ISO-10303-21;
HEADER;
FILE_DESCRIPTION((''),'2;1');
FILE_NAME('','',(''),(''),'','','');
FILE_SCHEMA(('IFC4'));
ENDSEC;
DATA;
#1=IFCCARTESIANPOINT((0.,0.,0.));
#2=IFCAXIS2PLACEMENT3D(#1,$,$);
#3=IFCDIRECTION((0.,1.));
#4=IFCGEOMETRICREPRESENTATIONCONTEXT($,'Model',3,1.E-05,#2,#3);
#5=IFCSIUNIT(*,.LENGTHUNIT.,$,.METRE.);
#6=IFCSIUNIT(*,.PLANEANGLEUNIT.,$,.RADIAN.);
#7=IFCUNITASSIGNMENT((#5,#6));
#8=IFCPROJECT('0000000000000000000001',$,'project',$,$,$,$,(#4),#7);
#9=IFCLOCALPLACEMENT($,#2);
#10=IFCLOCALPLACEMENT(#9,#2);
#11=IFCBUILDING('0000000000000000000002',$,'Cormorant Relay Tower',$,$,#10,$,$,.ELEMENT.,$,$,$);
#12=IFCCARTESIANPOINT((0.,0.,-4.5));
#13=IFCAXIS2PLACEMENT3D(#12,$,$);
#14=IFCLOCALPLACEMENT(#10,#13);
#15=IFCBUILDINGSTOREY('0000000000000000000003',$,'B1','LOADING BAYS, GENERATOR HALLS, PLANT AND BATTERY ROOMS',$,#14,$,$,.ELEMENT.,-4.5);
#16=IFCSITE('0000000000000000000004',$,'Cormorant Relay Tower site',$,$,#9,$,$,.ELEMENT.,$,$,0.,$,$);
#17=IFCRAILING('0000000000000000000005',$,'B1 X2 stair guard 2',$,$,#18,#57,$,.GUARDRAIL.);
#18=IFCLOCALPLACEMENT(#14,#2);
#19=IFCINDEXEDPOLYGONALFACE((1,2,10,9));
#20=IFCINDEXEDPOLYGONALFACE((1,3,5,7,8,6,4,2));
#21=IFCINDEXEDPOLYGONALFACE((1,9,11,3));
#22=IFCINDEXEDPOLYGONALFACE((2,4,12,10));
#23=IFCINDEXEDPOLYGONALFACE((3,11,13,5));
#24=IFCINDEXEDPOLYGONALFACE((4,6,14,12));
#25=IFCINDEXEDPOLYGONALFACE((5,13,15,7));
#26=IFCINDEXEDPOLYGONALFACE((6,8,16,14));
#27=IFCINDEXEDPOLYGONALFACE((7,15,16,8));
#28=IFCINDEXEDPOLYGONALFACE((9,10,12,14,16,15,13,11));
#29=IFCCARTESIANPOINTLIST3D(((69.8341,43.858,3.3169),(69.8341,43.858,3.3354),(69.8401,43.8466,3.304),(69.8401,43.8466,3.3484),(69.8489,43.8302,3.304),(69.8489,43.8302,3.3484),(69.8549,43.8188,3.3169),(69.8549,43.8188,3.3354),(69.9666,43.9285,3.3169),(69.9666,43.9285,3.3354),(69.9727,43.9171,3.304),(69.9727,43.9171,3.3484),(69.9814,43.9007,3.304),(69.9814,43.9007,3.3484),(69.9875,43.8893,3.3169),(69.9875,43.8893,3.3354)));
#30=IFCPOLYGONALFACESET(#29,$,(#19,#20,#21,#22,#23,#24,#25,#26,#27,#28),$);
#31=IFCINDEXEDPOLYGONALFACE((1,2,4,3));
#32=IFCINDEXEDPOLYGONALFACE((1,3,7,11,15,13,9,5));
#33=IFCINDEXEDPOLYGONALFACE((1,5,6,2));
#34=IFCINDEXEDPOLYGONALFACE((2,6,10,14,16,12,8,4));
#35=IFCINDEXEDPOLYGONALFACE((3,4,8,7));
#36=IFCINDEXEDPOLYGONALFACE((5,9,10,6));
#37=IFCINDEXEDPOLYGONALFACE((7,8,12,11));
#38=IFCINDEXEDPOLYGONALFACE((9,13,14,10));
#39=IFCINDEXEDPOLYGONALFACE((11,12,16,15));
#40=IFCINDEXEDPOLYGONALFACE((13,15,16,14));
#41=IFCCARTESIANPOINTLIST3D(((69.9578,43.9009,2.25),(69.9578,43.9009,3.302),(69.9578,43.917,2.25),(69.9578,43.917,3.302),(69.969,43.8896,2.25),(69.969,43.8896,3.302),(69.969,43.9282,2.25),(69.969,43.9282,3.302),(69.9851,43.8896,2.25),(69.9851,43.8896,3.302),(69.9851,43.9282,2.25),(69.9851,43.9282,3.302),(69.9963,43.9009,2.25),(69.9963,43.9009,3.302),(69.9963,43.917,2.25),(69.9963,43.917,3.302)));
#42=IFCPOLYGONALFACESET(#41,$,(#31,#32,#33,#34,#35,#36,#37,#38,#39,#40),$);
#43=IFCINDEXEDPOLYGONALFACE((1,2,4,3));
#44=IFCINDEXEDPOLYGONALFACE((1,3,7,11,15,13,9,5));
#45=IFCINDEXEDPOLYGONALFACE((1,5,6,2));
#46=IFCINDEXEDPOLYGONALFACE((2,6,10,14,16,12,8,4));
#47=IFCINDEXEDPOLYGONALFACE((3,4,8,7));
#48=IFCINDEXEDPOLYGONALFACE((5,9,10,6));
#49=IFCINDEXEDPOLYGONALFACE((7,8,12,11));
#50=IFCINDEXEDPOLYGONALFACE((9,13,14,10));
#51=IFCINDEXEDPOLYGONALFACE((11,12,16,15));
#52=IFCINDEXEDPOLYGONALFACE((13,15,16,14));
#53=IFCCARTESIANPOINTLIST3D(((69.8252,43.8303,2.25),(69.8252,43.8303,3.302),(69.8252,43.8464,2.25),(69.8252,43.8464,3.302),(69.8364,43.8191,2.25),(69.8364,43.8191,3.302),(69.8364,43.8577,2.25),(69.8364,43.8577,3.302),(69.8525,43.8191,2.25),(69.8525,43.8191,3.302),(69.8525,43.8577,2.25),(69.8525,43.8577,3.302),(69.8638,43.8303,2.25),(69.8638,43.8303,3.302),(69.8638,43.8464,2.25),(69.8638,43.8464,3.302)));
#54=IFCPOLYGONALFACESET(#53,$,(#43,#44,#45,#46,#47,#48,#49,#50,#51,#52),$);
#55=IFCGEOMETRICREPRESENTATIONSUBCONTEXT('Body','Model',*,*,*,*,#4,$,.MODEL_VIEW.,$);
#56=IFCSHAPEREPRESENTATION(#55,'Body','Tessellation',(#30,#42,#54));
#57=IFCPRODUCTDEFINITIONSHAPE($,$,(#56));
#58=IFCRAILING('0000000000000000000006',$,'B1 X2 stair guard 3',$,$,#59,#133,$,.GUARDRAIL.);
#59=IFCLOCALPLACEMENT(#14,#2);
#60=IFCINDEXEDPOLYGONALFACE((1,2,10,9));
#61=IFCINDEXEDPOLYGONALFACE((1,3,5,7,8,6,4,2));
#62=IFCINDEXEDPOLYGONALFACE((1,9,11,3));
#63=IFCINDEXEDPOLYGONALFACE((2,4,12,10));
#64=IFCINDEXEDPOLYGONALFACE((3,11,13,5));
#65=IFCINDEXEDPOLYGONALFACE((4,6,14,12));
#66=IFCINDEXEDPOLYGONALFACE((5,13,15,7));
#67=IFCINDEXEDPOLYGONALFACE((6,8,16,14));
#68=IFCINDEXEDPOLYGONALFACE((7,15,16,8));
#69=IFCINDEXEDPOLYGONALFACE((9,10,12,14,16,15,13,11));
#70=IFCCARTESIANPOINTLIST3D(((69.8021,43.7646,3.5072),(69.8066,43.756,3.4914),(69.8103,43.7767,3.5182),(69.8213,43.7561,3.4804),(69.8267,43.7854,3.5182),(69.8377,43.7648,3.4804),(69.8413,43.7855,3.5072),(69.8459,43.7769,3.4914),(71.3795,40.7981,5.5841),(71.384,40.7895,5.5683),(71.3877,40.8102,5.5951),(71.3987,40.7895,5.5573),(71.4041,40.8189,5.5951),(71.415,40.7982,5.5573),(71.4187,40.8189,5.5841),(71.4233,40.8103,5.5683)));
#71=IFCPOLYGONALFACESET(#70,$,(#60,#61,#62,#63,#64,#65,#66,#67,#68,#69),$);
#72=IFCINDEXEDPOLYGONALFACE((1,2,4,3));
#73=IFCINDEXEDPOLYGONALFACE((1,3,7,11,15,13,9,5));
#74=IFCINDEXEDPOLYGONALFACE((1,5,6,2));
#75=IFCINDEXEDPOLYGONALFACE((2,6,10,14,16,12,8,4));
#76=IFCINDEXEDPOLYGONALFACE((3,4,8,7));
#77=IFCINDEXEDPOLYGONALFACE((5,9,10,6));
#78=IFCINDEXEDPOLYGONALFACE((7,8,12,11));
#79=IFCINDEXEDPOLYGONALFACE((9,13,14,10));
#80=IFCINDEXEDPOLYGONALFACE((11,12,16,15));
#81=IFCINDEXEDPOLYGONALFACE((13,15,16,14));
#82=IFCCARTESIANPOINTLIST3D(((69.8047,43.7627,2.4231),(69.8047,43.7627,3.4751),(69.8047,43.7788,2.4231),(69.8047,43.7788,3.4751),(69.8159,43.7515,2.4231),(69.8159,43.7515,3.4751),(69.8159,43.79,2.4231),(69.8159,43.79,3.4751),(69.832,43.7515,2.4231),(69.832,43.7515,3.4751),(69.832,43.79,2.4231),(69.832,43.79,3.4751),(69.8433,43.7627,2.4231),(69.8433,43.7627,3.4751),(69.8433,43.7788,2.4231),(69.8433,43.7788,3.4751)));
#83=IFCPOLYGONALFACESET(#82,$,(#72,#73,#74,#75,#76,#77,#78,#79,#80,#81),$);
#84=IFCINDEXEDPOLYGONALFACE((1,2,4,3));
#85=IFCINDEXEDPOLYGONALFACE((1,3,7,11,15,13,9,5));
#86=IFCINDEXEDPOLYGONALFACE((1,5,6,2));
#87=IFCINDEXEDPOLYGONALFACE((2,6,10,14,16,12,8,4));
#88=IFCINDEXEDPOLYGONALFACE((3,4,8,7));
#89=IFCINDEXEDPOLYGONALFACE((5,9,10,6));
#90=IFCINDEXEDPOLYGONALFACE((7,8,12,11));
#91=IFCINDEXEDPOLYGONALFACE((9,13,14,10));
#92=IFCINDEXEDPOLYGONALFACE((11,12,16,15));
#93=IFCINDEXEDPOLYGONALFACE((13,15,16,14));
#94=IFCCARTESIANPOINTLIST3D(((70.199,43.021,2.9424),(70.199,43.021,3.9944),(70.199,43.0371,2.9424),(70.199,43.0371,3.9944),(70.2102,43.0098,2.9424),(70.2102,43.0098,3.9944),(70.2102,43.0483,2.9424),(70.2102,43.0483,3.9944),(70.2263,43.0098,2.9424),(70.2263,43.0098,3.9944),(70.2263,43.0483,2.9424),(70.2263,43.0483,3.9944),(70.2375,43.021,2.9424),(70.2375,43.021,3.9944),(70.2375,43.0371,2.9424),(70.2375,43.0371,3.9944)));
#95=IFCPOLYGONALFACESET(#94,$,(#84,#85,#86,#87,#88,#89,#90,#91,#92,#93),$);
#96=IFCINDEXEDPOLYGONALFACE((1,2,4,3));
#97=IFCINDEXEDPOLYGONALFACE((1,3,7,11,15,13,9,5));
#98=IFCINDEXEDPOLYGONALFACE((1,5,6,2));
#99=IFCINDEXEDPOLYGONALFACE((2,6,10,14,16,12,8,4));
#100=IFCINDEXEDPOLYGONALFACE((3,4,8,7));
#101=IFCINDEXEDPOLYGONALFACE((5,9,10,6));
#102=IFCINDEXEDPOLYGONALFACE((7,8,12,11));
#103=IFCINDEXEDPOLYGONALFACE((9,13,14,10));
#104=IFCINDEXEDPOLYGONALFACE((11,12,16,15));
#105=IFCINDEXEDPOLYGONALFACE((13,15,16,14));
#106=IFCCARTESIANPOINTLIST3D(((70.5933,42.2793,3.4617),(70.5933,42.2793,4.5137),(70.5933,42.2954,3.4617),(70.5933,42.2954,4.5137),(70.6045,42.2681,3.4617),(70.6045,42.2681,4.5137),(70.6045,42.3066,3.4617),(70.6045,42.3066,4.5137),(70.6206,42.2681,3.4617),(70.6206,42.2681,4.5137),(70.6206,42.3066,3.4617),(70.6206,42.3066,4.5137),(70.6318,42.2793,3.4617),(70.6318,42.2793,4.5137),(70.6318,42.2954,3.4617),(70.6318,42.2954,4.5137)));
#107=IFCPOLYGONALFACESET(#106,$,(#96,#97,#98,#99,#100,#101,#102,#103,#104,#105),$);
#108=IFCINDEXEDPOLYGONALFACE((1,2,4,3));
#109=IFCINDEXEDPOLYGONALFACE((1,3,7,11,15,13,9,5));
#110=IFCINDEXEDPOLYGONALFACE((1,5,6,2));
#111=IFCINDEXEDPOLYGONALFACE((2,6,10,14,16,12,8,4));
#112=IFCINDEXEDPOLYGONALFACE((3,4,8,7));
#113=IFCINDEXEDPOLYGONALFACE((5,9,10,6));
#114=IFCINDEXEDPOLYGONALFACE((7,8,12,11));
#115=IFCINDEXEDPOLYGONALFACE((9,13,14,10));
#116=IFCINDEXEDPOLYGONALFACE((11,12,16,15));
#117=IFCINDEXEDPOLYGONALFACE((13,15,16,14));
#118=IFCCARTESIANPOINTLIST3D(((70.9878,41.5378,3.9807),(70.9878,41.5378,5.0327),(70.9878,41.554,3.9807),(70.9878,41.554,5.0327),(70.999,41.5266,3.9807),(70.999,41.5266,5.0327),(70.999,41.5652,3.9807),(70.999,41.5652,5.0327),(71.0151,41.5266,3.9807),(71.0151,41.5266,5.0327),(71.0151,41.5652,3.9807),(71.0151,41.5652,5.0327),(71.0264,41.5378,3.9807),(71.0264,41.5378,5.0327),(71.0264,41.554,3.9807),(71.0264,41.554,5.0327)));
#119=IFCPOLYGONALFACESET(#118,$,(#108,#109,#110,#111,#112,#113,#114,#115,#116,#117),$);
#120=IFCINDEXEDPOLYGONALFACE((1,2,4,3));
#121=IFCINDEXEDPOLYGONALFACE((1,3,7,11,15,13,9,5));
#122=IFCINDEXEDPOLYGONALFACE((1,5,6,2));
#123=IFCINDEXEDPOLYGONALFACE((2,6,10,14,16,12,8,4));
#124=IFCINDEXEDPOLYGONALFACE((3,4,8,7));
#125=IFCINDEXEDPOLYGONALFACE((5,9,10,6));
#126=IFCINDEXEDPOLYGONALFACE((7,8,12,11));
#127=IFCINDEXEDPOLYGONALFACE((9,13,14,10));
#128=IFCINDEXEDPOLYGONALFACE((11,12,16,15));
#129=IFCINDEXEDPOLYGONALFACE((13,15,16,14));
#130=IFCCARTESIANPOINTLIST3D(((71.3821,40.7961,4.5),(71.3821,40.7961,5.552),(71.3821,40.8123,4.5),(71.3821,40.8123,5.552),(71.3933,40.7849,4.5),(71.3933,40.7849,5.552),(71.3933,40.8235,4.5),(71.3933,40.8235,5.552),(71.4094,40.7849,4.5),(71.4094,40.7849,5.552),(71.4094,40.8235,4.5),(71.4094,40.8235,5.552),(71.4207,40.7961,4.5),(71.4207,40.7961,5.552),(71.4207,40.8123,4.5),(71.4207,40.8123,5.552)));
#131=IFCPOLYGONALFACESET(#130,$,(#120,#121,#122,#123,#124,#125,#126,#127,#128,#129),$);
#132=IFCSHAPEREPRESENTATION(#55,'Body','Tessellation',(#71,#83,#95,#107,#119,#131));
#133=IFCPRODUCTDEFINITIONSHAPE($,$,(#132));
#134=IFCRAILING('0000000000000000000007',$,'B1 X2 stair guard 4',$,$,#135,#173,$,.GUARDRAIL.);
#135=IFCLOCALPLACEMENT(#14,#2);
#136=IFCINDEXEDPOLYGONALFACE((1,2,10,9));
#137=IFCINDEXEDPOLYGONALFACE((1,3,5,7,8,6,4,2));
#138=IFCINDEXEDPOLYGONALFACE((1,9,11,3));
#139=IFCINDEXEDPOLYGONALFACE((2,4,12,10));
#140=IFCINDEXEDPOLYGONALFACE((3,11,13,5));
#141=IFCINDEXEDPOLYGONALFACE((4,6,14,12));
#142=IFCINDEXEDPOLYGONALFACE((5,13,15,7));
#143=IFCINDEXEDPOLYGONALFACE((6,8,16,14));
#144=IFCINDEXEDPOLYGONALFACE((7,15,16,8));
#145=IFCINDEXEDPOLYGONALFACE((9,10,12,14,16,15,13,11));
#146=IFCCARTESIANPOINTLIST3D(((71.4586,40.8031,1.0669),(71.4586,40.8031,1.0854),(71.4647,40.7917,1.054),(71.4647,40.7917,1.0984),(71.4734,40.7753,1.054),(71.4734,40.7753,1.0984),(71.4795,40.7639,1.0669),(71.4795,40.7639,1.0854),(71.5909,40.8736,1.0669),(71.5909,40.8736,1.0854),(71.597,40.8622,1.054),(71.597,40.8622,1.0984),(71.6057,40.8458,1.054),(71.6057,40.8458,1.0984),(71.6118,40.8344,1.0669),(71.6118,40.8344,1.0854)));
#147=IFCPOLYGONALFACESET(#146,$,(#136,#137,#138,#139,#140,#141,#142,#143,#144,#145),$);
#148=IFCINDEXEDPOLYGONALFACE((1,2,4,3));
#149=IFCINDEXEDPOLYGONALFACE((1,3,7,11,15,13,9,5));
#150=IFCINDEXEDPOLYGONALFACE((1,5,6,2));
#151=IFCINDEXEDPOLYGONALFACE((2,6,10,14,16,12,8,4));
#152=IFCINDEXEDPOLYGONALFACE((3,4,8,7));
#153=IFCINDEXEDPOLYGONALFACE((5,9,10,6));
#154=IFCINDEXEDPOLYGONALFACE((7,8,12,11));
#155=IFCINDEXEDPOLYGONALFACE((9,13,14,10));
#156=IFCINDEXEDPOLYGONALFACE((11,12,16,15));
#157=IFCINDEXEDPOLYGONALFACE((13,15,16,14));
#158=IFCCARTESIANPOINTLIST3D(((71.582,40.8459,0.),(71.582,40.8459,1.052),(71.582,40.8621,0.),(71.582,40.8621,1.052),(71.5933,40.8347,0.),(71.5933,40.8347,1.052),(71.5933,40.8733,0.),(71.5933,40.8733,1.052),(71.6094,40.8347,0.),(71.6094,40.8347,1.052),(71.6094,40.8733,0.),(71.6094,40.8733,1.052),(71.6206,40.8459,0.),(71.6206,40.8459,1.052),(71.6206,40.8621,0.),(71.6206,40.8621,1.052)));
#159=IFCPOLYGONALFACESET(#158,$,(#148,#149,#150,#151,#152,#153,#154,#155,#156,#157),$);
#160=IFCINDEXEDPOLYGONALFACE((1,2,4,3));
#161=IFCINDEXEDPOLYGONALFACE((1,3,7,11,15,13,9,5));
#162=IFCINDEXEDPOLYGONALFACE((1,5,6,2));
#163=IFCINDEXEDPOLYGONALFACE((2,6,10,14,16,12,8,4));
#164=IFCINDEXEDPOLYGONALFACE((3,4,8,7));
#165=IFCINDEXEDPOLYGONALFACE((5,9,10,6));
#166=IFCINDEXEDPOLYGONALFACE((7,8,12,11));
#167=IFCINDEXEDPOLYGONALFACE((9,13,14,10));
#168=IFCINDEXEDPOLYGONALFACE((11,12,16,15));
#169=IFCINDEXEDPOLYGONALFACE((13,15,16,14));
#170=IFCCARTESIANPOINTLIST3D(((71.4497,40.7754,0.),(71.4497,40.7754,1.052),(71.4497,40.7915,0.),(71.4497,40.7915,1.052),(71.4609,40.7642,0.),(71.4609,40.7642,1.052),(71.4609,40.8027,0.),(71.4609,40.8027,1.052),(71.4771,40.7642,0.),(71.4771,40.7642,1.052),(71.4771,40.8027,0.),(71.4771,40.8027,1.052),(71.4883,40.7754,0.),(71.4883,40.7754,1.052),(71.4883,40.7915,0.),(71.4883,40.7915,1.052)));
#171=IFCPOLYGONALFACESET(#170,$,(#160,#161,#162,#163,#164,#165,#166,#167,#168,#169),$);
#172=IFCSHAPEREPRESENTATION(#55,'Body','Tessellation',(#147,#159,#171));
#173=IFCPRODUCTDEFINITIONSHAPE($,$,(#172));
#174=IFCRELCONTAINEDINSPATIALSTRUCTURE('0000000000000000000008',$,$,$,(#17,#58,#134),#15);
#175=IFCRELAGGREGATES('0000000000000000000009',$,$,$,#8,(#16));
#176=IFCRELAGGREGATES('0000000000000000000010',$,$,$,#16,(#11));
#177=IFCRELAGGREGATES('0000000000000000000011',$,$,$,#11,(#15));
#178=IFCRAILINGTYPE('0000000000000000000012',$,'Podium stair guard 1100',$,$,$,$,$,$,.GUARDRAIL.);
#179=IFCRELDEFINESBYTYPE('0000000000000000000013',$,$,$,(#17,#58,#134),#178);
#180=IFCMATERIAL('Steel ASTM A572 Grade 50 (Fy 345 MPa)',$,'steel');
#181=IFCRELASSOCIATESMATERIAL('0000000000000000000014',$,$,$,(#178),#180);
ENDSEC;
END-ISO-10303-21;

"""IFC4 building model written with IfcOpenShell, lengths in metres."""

from ifc_helpers import new_model, si_unit, direction, frame, origin, place, context, subcontext, project, spatial, polyline, outline, extrude, material, type_object, element, save


model = new_model("IFC4")

# Units and contexts
model_context = context("Model", 3, precision=1e-05, world=origin(), true_north=direction((0.0, 1.0)))
body_context = subcontext(model_context, "Body", "Model", "MODEL_VIEW")
ifc_project = project(units=[si_unit("LENGTHUNIT", "METRE"), si_unit("PLANEANGLEUNIT", "RADIAN")], contexts=[model_context])

# Site, building, storey
site_placement = place(None, origin())
site = spatial("IfcSite", under=ifc_project, at=site_placement, Name="Cormorant Relay Tower site", CompositionType="ELEMENT", RefElevation=0.0)
building_placement = place(site_placement, origin())
building = spatial("IfcBuilding", under=site, at=building_placement, Name="Cormorant Relay Tower", CompositionType="ELEMENT")
storey_placement = place(building_placement, frame((0.0, 0.0, -4.5)))
storey = spatial("IfcBuildingStorey", under=building, at=storey_placement, Name="B1", Description="LOADING BAYS, GENERATOR HALLS, PLANT AND BATTERY ROOMS", CompositionType="ELEMENT", Elevation=-4.5)

# Railings
ifc_material_1 = material(Name="Steel ASTM A572 Grade 50 (Fy 345 MPa)", Category="steel")
railing_type_1 = type_object("IfcRailingType", Name="Podium stair guard 1100", PredefinedType="GUARDRAIL", material=ifc_material_1)
railing_1_placement = place(storey_placement, frame((69.9771, 43.9089, 2.25)))
element("IfcRailing", 1, at=railing_1_placement, inside=storey, type_object=railing_type_1, Name="B1 X2 stair guard 2", PredefinedType="GUARDRAIL", context=body_context, shape_type="SweptSolid", body=[
    extrude(outline(polyline([(0.0222, 0.0093), (0.0093, 0.0222), (-0.0093, 0.0222), (-0.0222, 0.0093), (-0.0222, -0.0093), (-0.0093, -0.0222), (0.0093, -0.0222), (0.0222, -0.0093), (0.0222, 0.0093)])), frame((0.0, 0.0, 1.0762), z_axis=(-0.882758, -0.469829, 0.0), x_axis=(0.469829, -0.882758, 0.0)), (0.0, 0.0, 1.0), 0.1501),
    extrude(outline(polyline([(0.0193, 0.0081), (0.0081, 0.0193), (-0.0081, 0.0193), (-0.0193, 0.0081), (-0.0193, -0.0081), (-0.0081, -0.0193), (0.0081, -0.0193), (0.0193, -0.0081), (0.0193, 0.0081)])), origin(), (0.0, 0.0, 1.0), 1.052),
    extrude(outline(polyline([(0.0193, 0.0081), (0.0081, 0.0193), (-0.0081, 0.0193), (-0.0193, 0.0081), (-0.0193, -0.0081), (-0.0081, -0.0193), (0.0081, -0.0193), (0.0193, -0.0081), (0.0193, 0.0081)])), frame((-0.1326, -0.0706, 0.0)), (0.0, 0.0, 1.0), 1.052),
])
railing_2_placement = place(storey_placement, frame((69.824, 43.7708, 2.4231)))
element("IfcRailing", 2, at=railing_2_placement, inside=storey, type_object=railing_type_1, Name="B1 X2 stair guard 3", PredefinedType="GUARDRAIL", context=body_context, shape_type="SweptSolid", body=[
    extrude(outline(polyline([(0.0222, 0.0093), (0.0093, 0.0222), (-0.0093, 0.0222), (-0.0222, 0.0093), (-0.0222, -0.0093), (-0.0093, -0.0222), (0.0093, -0.0222), (0.0222, -0.0093), (0.0222, 0.0093)])), frame((0.0, 0.0, 1.0762), z_axis=(0.399345, -0.751035, 0.525805), x_axis=(0.882942, 0.469483, 0.0)), (0.0, 0.0, 1.0), 3.95),
    extrude(outline(polyline([(0.0193, 0.0081), (0.0081, 0.0193), (-0.0081, 0.0193), (-0.0193, 0.0081), (-0.0193, -0.0081), (-0.0081, -0.0193), (0.0081, -0.0193), (0.0193, -0.0081), (0.0193, 0.0081)])), origin(), (0.0, 0.0, 1.0), 1.052),
    extrude(outline(polyline([(0.0193, 0.0081), (0.0081, 0.0193), (-0.0081, 0.0193), (-0.0193, 0.0081), (-0.0193, -0.0081), (-0.0081, -0.0193), (0.0081, -0.0193), (0.0193, -0.0081), (0.0193, 0.0081)])), frame((0.3943, -0.7417, 0.5193)), (0.0, 0.0, 1.0), 1.052),
    extrude(outline(polyline([(0.0193, 0.0081), (0.0081, 0.0193), (-0.0081, 0.0193), (-0.0193, 0.0081), (-0.0193, -0.0081), (-0.0081, -0.0193), (0.0081, -0.0193), (0.0193, -0.0081), (0.0193, 0.0081)])), frame((0.7886, -1.4834, 1.0386)), (0.0, 0.0, 1.0), 1.052),
    extrude(outline(polyline([(0.0193, 0.0081), (0.0081, 0.0193), (-0.0081, 0.0193), (-0.0193, 0.0081), (-0.0193, -0.0081), (-0.0081, -0.0193), (0.0081, -0.0193), (0.0193, -0.0081), (0.0193, 0.0081)])), frame((1.1831, -2.2249, 1.5576)), (0.0, 0.0, 1.0), 1.052),
    extrude(outline(polyline([(0.0193, 0.0081), (0.0081, 0.0193), (-0.0081, 0.0193), (-0.0193, 0.0081), (-0.0193, -0.0081), (-0.0081, -0.0193), (0.0081, -0.0193), (0.0193, -0.0081), (0.0193, 0.0081)])), frame((1.5774, -2.9666, 2.0769)), (0.0, 0.0, 1.0), 1.052),
])
railing_3_placement = place(storey_placement, frame((71.6013, 40.854, 0.0)))
element("IfcRailing", 3, at=railing_3_placement, inside=storey, type_object=railing_type_1, Name="B1 X2 stair guard 4", PredefinedType="GUARDRAIL", context=body_context, shape_type="SweptSolid", body=[
    extrude(outline(polyline([(0.0222, 0.0093), (0.0093, 0.0222), (-0.0093, 0.0222), (-0.0222, 0.0093), (-0.0222, -0.0093), (-0.0093, -0.0222), (0.0093, -0.0222), (0.0222, -0.0093), (0.0222, 0.0093)])), frame((0.0, 0.0, 1.0762), z_axis=(-0.882398, -0.470504, 0.0), x_axis=(0.470504, -0.882398, 0.0)), (0.0, 0.0, 1.0), 0.1499),
    extrude(outline(polyline([(0.0193, 0.0081), (0.0081, 0.0193), (-0.0081, 0.0193), (-0.0193, 0.0081), (-0.0193, -0.0081), (-0.0081, -0.0193), (0.0081, -0.0193), (0.0193, -0.0081), (0.0193, 0.0081)])), origin(), (0.0, 0.0, 1.0), 1.052),
    extrude(outline(polyline([(0.0193, 0.0081), (0.0081, 0.0193), (-0.0081, 0.0193), (-0.0193, 0.0081), (-0.0193, -0.0081), (-0.0081, -0.0193), (0.0081, -0.0193), (0.0193, -0.0081), (0.0193, 0.0081)])), frame((-0.1323, -0.0706, 0.0)), (0.0, 0.0, 1.0), 1.052),
])

save(model, "model.ifc")
